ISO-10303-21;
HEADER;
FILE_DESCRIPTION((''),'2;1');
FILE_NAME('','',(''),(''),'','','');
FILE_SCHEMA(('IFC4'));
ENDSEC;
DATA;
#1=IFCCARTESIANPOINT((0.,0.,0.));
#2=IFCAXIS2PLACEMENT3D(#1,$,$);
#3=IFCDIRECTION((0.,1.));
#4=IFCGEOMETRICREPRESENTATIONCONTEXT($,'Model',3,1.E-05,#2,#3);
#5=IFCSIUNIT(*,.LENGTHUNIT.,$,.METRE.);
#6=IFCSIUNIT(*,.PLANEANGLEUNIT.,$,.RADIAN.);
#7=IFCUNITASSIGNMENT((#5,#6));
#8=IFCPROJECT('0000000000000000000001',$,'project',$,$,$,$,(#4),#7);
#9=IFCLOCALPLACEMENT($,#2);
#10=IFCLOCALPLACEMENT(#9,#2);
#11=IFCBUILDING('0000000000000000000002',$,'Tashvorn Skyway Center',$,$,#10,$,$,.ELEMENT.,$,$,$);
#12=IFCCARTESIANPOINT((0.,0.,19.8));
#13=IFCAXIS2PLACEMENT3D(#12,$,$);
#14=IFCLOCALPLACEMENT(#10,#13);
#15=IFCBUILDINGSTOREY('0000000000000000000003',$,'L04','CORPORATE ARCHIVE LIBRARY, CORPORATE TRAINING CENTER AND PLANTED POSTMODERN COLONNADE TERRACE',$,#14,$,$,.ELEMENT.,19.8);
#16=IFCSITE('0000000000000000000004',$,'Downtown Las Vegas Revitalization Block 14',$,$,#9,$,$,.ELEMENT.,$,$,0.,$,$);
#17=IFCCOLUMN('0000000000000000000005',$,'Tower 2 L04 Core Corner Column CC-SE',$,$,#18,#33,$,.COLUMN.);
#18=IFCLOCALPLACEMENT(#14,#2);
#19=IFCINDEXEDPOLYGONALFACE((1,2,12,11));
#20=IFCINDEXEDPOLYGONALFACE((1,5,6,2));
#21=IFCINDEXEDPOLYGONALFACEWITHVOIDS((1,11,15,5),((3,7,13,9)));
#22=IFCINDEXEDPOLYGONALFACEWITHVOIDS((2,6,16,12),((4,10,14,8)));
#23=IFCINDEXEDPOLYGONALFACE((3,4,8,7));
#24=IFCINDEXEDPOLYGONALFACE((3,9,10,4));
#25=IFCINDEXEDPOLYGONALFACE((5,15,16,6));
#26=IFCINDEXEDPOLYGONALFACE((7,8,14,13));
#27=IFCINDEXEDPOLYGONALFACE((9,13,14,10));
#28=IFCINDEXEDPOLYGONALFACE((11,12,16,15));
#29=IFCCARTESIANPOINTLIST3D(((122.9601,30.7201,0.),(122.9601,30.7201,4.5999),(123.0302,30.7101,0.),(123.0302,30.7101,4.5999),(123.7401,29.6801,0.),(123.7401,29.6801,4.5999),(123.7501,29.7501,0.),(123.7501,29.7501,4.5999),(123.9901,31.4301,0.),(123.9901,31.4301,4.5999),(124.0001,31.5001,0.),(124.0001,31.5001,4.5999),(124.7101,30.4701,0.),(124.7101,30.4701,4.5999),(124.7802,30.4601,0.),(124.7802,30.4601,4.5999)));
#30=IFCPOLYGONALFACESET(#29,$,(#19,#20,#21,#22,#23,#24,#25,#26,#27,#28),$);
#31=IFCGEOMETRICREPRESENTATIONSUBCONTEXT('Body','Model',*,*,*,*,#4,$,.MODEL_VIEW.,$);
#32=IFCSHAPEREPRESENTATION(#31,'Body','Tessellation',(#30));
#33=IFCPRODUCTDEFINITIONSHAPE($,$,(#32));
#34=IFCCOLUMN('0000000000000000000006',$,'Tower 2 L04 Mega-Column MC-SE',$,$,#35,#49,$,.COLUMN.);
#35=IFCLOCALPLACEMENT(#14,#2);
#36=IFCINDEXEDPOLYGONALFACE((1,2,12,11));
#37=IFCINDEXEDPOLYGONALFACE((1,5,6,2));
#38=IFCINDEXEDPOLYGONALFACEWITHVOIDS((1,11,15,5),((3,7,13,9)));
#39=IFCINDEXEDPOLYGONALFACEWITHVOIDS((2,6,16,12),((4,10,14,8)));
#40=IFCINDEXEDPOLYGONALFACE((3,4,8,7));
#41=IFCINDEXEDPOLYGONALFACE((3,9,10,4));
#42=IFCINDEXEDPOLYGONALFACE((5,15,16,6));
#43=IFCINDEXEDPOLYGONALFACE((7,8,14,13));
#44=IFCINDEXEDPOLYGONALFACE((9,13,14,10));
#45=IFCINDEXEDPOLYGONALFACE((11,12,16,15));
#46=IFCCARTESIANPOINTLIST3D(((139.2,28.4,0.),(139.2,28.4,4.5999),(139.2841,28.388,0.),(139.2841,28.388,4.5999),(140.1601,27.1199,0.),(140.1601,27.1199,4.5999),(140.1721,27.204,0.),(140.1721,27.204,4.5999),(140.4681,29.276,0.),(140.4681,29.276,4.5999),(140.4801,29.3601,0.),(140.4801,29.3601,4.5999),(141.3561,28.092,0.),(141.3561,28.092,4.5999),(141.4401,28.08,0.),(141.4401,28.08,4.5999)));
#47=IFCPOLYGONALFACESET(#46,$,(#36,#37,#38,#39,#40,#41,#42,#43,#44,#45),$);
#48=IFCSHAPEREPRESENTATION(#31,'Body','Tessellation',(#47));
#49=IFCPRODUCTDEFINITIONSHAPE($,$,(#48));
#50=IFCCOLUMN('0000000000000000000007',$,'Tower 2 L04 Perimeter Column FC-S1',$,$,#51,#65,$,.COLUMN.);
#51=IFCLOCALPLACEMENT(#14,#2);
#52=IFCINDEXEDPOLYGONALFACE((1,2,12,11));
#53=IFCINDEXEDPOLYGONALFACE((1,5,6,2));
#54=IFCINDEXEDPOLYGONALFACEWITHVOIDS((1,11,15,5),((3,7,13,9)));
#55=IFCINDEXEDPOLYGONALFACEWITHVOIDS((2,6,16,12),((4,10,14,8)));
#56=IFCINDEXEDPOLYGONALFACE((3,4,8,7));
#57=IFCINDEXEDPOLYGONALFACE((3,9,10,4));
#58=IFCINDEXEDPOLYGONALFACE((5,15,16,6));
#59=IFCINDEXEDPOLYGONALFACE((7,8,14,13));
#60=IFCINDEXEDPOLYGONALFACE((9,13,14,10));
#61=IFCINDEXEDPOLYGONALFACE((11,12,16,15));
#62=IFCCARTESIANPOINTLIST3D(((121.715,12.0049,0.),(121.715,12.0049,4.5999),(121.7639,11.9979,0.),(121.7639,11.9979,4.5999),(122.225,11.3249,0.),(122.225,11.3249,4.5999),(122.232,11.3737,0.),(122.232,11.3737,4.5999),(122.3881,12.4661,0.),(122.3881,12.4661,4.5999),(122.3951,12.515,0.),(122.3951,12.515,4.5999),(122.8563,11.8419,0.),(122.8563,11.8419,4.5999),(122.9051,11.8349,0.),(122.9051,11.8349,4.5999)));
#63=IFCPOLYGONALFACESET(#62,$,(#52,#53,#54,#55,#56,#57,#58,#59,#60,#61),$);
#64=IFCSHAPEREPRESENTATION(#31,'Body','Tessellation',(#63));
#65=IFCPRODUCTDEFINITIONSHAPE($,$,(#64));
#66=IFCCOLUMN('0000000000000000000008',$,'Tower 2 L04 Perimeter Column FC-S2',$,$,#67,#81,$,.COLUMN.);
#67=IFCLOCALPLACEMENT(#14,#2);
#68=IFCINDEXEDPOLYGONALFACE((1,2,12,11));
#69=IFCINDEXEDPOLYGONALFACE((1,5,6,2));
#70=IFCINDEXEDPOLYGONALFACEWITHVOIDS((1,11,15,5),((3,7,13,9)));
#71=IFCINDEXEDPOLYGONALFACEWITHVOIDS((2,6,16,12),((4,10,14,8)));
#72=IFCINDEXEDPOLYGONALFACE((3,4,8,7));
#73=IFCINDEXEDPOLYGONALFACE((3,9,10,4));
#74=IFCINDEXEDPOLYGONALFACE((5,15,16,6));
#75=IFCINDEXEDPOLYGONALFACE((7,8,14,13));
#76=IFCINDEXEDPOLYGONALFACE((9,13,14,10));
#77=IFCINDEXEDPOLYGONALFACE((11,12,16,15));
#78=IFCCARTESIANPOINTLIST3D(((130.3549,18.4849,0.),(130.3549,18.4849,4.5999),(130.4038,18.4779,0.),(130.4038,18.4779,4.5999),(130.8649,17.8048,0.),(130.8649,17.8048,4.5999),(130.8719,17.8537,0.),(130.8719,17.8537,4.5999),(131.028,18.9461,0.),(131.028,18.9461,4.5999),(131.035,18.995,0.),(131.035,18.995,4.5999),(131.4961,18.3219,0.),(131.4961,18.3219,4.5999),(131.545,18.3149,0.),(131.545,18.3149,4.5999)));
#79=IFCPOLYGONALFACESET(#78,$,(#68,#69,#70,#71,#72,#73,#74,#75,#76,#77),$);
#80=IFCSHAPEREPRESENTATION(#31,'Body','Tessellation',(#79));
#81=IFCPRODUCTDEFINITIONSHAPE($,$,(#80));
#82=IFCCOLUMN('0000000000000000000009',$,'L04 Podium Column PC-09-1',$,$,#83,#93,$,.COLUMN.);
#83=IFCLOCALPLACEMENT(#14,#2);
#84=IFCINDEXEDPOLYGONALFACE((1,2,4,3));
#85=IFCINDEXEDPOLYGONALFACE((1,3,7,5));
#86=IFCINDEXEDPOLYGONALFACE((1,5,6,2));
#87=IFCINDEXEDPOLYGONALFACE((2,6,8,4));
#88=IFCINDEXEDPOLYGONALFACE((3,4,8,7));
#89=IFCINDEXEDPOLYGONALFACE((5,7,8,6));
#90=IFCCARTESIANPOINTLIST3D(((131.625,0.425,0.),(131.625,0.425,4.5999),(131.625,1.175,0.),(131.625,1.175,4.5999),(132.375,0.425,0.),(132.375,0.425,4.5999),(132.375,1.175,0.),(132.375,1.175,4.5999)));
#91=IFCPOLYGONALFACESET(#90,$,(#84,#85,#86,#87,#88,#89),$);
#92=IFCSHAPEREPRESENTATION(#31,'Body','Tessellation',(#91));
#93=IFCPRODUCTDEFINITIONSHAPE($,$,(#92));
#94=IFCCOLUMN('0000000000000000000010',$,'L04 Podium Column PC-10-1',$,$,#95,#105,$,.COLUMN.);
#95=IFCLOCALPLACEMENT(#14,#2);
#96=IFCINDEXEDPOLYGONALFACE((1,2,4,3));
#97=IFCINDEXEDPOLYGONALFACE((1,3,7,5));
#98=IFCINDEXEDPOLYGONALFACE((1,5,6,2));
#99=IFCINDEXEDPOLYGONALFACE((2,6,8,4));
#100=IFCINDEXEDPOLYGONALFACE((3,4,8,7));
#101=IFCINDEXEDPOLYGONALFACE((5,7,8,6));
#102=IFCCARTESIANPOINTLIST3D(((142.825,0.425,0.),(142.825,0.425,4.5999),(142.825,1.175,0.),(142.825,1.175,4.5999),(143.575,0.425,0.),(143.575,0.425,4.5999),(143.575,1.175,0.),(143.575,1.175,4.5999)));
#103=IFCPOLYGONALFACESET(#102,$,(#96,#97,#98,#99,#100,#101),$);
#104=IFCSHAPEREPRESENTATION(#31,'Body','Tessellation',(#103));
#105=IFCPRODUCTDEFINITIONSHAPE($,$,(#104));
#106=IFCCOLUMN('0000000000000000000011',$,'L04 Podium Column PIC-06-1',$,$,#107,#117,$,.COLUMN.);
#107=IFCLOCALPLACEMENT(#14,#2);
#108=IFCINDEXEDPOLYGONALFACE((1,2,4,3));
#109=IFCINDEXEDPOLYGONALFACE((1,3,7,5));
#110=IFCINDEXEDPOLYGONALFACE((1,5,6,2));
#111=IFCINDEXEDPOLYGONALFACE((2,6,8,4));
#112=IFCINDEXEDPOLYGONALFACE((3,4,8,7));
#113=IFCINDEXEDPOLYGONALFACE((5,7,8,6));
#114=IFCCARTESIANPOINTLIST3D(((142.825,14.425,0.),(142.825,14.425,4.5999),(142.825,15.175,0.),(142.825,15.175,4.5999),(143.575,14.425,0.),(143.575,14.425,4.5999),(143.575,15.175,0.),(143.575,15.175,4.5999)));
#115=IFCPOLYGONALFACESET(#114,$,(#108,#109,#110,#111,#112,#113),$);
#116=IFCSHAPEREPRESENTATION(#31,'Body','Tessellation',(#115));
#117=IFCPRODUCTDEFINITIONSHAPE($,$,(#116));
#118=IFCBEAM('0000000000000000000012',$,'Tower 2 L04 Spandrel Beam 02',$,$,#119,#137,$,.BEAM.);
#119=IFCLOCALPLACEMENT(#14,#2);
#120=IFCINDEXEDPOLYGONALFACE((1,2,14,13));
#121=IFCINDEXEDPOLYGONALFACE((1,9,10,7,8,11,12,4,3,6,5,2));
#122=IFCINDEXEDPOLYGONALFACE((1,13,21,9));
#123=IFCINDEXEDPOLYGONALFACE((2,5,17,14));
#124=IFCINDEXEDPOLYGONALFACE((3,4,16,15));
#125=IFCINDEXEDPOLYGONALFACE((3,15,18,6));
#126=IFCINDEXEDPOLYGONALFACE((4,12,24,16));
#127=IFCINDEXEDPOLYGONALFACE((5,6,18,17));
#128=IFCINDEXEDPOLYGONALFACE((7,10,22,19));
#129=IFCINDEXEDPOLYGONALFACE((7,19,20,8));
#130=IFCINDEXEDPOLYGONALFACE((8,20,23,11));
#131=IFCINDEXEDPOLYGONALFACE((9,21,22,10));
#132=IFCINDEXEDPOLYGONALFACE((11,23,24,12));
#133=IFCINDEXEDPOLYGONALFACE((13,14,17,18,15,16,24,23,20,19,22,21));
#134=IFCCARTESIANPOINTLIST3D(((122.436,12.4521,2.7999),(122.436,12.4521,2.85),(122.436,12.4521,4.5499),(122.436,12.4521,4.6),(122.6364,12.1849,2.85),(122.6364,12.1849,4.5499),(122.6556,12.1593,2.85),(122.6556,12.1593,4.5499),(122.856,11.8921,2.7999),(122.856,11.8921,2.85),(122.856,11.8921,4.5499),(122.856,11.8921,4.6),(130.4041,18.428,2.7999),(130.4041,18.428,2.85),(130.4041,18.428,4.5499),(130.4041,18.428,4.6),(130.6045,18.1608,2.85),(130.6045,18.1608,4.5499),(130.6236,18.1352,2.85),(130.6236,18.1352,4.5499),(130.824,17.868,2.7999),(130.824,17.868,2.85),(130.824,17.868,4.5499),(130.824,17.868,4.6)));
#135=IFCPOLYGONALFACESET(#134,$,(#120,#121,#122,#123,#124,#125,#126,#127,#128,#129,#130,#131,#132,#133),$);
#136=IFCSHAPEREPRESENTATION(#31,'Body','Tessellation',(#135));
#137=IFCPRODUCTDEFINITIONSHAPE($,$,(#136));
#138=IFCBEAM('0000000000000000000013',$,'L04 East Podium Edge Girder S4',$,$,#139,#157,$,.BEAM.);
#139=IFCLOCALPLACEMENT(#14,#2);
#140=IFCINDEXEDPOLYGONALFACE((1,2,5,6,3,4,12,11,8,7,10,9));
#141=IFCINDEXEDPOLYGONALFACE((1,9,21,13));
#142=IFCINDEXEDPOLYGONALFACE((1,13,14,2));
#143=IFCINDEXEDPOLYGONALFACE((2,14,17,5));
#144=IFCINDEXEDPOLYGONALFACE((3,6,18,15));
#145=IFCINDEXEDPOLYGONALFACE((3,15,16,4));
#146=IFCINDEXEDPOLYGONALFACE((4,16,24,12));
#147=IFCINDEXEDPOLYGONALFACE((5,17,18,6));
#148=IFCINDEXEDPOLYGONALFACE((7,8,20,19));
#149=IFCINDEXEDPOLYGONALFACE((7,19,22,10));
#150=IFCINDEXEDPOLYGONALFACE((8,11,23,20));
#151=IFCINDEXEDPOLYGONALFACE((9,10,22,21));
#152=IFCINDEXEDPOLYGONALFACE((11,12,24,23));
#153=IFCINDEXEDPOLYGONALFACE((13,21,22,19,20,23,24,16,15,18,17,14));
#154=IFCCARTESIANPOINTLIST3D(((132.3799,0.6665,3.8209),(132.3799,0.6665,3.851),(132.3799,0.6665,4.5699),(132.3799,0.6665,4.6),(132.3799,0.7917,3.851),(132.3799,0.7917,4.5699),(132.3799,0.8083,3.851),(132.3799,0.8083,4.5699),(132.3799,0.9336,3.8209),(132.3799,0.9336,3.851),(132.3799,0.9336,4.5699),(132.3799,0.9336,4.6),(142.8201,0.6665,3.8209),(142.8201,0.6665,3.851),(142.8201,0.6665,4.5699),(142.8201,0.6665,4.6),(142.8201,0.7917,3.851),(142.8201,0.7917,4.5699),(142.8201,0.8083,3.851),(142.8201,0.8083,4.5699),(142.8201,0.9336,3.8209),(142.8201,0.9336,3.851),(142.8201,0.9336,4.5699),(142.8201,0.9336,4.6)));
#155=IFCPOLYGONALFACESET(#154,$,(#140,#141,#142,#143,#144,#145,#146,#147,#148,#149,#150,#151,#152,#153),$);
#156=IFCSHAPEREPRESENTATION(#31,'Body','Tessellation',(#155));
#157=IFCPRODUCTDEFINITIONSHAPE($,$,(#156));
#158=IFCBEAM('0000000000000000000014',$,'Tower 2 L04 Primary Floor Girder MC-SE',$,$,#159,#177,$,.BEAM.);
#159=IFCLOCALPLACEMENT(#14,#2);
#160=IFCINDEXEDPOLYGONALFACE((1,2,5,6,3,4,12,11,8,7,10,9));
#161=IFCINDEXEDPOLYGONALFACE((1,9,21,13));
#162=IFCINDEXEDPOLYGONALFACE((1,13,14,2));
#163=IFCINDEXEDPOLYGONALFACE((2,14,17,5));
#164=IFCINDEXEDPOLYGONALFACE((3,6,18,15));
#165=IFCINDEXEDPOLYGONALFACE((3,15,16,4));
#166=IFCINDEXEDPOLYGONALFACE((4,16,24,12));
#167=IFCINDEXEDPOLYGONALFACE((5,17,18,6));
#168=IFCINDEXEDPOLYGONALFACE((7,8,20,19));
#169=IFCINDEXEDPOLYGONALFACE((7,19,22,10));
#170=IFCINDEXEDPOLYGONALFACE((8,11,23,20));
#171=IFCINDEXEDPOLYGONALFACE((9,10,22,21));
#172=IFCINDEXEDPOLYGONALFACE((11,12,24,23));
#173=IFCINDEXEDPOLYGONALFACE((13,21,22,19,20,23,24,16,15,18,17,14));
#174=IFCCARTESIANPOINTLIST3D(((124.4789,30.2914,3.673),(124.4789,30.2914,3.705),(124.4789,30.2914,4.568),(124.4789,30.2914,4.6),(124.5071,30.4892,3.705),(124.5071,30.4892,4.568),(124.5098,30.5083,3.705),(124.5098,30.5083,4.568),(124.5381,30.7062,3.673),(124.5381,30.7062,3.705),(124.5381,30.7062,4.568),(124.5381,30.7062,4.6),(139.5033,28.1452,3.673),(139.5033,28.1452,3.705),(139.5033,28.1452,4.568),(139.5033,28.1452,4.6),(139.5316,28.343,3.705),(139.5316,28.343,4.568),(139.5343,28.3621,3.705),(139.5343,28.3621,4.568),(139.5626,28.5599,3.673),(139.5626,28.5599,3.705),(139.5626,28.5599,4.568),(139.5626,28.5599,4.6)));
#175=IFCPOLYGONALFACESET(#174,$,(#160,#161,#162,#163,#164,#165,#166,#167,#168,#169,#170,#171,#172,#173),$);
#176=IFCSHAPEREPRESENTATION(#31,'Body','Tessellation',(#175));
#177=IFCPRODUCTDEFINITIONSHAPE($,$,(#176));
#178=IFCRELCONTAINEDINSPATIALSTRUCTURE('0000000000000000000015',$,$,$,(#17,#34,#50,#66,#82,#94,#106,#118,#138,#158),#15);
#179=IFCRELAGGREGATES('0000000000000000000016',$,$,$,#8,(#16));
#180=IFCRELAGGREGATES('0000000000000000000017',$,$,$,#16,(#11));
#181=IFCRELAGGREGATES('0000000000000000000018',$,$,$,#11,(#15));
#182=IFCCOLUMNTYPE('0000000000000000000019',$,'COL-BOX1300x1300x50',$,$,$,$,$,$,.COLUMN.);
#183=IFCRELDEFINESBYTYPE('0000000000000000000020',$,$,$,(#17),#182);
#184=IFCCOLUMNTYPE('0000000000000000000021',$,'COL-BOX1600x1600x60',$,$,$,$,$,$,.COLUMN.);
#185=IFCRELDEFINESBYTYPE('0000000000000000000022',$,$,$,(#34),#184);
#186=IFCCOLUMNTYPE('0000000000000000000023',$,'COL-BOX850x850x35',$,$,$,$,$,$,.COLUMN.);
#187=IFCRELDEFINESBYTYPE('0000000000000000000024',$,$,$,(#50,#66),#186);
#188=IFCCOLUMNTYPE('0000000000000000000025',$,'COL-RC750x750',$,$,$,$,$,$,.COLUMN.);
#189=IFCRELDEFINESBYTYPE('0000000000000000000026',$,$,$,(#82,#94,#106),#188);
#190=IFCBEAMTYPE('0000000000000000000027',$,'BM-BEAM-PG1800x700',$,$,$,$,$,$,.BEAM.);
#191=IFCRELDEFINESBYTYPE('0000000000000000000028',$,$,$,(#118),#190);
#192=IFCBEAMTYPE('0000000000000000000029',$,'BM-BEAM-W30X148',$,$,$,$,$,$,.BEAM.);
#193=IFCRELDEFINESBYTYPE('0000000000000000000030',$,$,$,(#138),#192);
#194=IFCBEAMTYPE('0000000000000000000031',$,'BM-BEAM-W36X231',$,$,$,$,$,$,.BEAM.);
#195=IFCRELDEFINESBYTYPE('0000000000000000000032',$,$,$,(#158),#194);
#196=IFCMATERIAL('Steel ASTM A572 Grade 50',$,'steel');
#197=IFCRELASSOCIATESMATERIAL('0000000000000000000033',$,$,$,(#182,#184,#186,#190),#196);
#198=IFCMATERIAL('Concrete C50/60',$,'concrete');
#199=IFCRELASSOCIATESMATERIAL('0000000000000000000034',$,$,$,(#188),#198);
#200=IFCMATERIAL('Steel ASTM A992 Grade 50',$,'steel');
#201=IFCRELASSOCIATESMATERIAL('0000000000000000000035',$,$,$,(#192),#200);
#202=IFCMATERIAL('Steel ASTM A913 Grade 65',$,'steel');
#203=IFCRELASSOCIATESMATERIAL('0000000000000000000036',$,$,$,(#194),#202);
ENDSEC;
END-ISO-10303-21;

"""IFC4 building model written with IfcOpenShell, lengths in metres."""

from ifc_helpers import new_model, si_unit, direction, frame, origin, origin_2d, place, context, subcontext, project, spatial, rectangle, hollow_rectangle, i_section, extrude, material, material_profile, profile_set, type_object, element, save


model = new_model("IFC4")

# Units and contexts
model_context = context("Model", 3, precision=1e-05, world=origin(), true_north=direction((0.0, 1.0)))
body_context = subcontext(model_context, "Body", "Model", "MODEL_VIEW")
ifc_project = project(units=[si_unit("LENGTHUNIT", "METRE"), si_unit("PLANEANGLEUNIT", "RADIAN")], contexts=[model_context])

# Site, building, storey
site_placement = place(None, origin())
site = spatial("IfcSite", under=ifc_project, at=site_placement, Name="Downtown Las Vegas Revitalization Block 14", CompositionType="ELEMENT", RefElevation=0.0)
building_placement = place(site_placement, origin())
building = spatial("IfcBuilding", under=site, at=building_placement, Name="Tashvorn Skyway Center", CompositionType="ELEMENT")
storey_placement = place(building_placement, frame((0.0, 0.0, 19.8)))
storey = spatial("IfcBuildingStorey", under=building, at=storey_placement, Name="L04", Description="CORPORATE ARCHIVE LIBRARY, CORPORATE TRAINING CENTER AND PLANTED POSTMODERN COLONNADE TERRACE", CompositionType="ELEMENT", Elevation=19.8)

# Columns
ifc_material_1 = material(Name="Steel ASTM A572 Grade 50", Category="steel")
ifc_material_profile_1 = material_profile(ifc_material_1, hollow_rectangle(XDim=1.3, YDim=1.3, WallThickness=0.05, at=origin_2d()), Name="BOX1300x1300x50")
ifc_profile_set_1 = profile_set([ifc_material_profile_1], Name="Steel ASTM A572 Grade 50")
column_type_1 = type_object("IfcColumnType", Name="COL-BOX1300x1300x50", PredefinedType="COLUMN", material=ifc_profile_set_1)
column_1_placement = place(storey_placement, frame((123.8701, 30.5901, 0.0), z_axis=(0.0, 0.0, 1.0), x_axis=(0.8, 0.6, 0.0)))
element("IfcColumn", 1, at=column_1_placement, inside=storey, type_object=column_type_1, Name="Tower 2 L04 Core Corner Column CC-SE", PredefinedType="COLUMN", context=body_context, shape_type="SweptSolid", body=[
    extrude(hollow_rectangle(XDim=1.3, YDim=1.3, WallThickness=0.05, at=origin_2d()), origin(), (0.0, 0.0, 1.0), 4.5999),
])
ifc_material_profile_2 = material_profile(ifc_material_1, hollow_rectangle(XDim=1.6001, YDim=1.6001, WallThickness=0.0601, at=origin_2d()), Name="BOX1600x1600x60")
ifc_profile_set_2 = profile_set([ifc_material_profile_2], Name="Steel ASTM A572 Grade 50")
column_type_2 = type_object("IfcColumnType", Name="COL-BOX1600x1600x60", PredefinedType="COLUMN", material=ifc_profile_set_2)
column_2_placement = place(storey_placement, frame((140.3201, 28.24, 0.0), z_axis=(0.0, 0.0, 1.0), x_axis=(0.8, 0.6, 0.0)))
element("IfcColumn", 2, at=column_2_placement, inside=storey, type_object=column_type_2, Name="Tower 2 L04 Mega-Column MC-SE", PredefinedType="COLUMN", context=body_context, shape_type="SweptSolid", body=[
    extrude(hollow_rectangle(XDim=1.6001, YDim=1.6001, WallThickness=0.0601, at=origin_2d()), origin(), (0.0, 0.0, 1.0), 4.5999),
])
ifc_material_profile_3 = material_profile(ifc_material_1, hollow_rectangle(XDim=0.8501, YDim=0.8501, WallThickness=0.0349, at=origin_2d()), Name="BOX850x850x35")
ifc_profile_set_3 = profile_set([ifc_material_profile_3], Name="Steel ASTM A572 Grade 50")
column_type_3 = type_object("IfcColumnType", Name="COL-BOX850x850x35", PredefinedType="COLUMN", material=ifc_profile_set_3)
for number, where, z_axis, x_axis, name in (
    (3, (122.3101, 11.9199, 0.0), (0.0, 0.0, 1.0), (0.8, 0.6, 0.0), "Tower 2 L04 Perimeter Column FC-S1"),
    (4, (130.95, 18.3999, 0.0), (0.0, 0.0, 1.0), (0.8, 0.6, 0.0), "Tower 2 L04 Perimeter Column FC-S2"),
):
    element("IfcColumn", number, at=place(storey_placement, frame(where, z_axis=z_axis, x_axis=x_axis)), inside=storey, type_object=column_type_3, Name=name, PredefinedType="COLUMN", context=body_context, shape_type="SweptSolid", body=[
        extrude(hollow_rectangle(XDim=0.8501, YDim=0.8501, WallThickness=0.0349, at=origin_2d()), origin(), (0.0, 0.0, 1.0), 4.5999),
    ])
ifc_material_2 = material(Name="Concrete C50/60", Category="concrete")
ifc_material_profile_4 = material_profile(ifc_material_2, rectangle(XDim=0.75, YDim=0.75, at=origin_2d()), Name="RC750x750")
ifc_profile_set_4 = profile_set([ifc_material_profile_4], Name="Concrete C50/60")
column_type_4 = type_object("IfcColumnType", Name="COL-RC750x750", PredefinedType="COLUMN", material=ifc_profile_set_4)
for number, where, z_axis, x_axis, name in (
    (5, (132.0, 0.8, 0.0), (0.0, 0.0, 1.0), (1.0, 0.0, 0.0), "L04 Podium Column PC-09-1"),
    (6, (143.2, 0.8, 0.0), (0.0, 0.0, 1.0), (1.0, 0.0, 0.0), "L04 Podium Column PC-10-1"),
    (7, (143.2, 14.8, 0.0), (0.0, 0.0, 1.0), (1.0, 0.0, 0.0), "L04 Podium Column PIC-06-1"),
):
    element("IfcColumn", number, at=place(storey_placement, frame(where, z_axis=z_axis, x_axis=x_axis)), inside=storey, type_object=column_type_4, Name=name, PredefinedType="COLUMN", context=body_context, shape_type="SweptSolid", body=[
        extrude(rectangle(XDim=0.75, YDim=0.75, at=origin_2d()), origin(), (0.0, 0.0, 1.0), 4.5999),
    ])

# Beams
ifc_material_profile_5 = material_profile(ifc_material_1, i_section(OverallWidth=0.7, OverallDepth=1.8, WebThickness=0.032, FlangeThickness=0.05, at=origin_2d()), Name="PG1800x700")
ifc_profile_set_5 = profile_set([ifc_material_profile_5], Name="Steel ASTM A572 Grade 50")
beam_type_1 = type_object("IfcBeamType", Name="BM-BEAM-PG1800x700", PredefinedType="BEAM", material=ifc_profile_set_5)
beam_1_placement = place(storey_placement, frame((122.646, 12.1721, 3.7), z_axis=(0.800009, 0.599988, 0.0), x_axis=(-0.599988, 0.800009, 0.0)))
element("IfcBeam", 8, at=beam_1_placement, inside=storey, type_object=beam_type_1, Name="Tower 2 L04 Spandrel Beam 02", PredefinedType="BEAM", context=body_context, shape_type="SweptSolid", body=[
    extrude(i_section(OverallWidth=0.7, OverallDepth=1.8, WebThickness=0.032, FlangeThickness=0.05, at=origin_2d()), origin(), (0.0, 0.0, 1.0), 9.96),
])
ifc_material_3 = material(Name="Steel ASTM A992 Grade 50", Category="steel")
ifc_material_profile_6 = material_profile(ifc_material_3, i_section(OverallWidth=0.2671, OverallDepth=0.7791, WebThickness=0.0166, FlangeThickness=0.03, at=origin_2d()), Name="W30X148")
ifc_profile_set_6 = profile_set([ifc_material_profile_6], Name="Steel ASTM A992 Grade 50")
beam_type_2 = type_object("IfcBeamType", Name="BM-BEAM-W30X148", PredefinedType="BEAM", material=ifc_profile_set_6)
beam_2_placement = place(storey_placement, frame((132.3799, 0.8, 4.2104), z_axis=(1.0, 0.0, 0.0), x_axis=(0.0, 1.0, 0.0)))
element("IfcBeam", 9, at=beam_2_placement, inside=storey, type_object=beam_type_2, Name="L04 East Podium Edge Girder S4", PredefinedType="BEAM", context=body_context, shape_type="SweptSolid", body=[
    extrude(i_section(OverallWidth=0.2671, OverallDepth=0.7791, WebThickness=0.0166, FlangeThickness=0.03, at=origin_2d()), origin(), (0.0, 0.0, 1.0), 10.4402),
])
ifc_material_4 = material(Name="Steel ASTM A913 Grade 65", Category="steel")
ifc_material_profile_7 = material_profile(ifc_material_4, i_section(OverallWidth=0.4189, OverallDepth=0.927, WebThickness=0.0193, FlangeThickness=0.032, at=origin_2d()), Name="W36X231")
ifc_profile_set_7 = profile_set([ifc_material_profile_7], Name="Steel ASTM A913 Grade 65")
beam_type_3 = type_object("IfcBeamType", Name="BM-BEAM-W36X231", PredefinedType="BEAM", material=ifc_profile_set_7)
beam_3_placement = place(storey_placement, frame((139.533, 28.3525, 4.1365), z_axis=(-0.98995, 0.141415, 0.0), x_axis=(-0.141415, -0.98995, 0.0)))
element("IfcBeam", 10, at=beam_3_placement, inside=storey, type_object=beam_type_3, Name="Tower 2 L04 Primary Floor Girder MC-SE", PredefinedType="BEAM", context=body_context, shape_type="SweptSolid", body=[
    extrude(i_section(OverallWidth=0.4189, OverallDepth=0.927, WebThickness=0.0193, FlangeThickness=0.032, at=origin_2d()), origin(), (0.0, 0.0, 1.0), 15.177),
])

save(model, "model.ifc")
